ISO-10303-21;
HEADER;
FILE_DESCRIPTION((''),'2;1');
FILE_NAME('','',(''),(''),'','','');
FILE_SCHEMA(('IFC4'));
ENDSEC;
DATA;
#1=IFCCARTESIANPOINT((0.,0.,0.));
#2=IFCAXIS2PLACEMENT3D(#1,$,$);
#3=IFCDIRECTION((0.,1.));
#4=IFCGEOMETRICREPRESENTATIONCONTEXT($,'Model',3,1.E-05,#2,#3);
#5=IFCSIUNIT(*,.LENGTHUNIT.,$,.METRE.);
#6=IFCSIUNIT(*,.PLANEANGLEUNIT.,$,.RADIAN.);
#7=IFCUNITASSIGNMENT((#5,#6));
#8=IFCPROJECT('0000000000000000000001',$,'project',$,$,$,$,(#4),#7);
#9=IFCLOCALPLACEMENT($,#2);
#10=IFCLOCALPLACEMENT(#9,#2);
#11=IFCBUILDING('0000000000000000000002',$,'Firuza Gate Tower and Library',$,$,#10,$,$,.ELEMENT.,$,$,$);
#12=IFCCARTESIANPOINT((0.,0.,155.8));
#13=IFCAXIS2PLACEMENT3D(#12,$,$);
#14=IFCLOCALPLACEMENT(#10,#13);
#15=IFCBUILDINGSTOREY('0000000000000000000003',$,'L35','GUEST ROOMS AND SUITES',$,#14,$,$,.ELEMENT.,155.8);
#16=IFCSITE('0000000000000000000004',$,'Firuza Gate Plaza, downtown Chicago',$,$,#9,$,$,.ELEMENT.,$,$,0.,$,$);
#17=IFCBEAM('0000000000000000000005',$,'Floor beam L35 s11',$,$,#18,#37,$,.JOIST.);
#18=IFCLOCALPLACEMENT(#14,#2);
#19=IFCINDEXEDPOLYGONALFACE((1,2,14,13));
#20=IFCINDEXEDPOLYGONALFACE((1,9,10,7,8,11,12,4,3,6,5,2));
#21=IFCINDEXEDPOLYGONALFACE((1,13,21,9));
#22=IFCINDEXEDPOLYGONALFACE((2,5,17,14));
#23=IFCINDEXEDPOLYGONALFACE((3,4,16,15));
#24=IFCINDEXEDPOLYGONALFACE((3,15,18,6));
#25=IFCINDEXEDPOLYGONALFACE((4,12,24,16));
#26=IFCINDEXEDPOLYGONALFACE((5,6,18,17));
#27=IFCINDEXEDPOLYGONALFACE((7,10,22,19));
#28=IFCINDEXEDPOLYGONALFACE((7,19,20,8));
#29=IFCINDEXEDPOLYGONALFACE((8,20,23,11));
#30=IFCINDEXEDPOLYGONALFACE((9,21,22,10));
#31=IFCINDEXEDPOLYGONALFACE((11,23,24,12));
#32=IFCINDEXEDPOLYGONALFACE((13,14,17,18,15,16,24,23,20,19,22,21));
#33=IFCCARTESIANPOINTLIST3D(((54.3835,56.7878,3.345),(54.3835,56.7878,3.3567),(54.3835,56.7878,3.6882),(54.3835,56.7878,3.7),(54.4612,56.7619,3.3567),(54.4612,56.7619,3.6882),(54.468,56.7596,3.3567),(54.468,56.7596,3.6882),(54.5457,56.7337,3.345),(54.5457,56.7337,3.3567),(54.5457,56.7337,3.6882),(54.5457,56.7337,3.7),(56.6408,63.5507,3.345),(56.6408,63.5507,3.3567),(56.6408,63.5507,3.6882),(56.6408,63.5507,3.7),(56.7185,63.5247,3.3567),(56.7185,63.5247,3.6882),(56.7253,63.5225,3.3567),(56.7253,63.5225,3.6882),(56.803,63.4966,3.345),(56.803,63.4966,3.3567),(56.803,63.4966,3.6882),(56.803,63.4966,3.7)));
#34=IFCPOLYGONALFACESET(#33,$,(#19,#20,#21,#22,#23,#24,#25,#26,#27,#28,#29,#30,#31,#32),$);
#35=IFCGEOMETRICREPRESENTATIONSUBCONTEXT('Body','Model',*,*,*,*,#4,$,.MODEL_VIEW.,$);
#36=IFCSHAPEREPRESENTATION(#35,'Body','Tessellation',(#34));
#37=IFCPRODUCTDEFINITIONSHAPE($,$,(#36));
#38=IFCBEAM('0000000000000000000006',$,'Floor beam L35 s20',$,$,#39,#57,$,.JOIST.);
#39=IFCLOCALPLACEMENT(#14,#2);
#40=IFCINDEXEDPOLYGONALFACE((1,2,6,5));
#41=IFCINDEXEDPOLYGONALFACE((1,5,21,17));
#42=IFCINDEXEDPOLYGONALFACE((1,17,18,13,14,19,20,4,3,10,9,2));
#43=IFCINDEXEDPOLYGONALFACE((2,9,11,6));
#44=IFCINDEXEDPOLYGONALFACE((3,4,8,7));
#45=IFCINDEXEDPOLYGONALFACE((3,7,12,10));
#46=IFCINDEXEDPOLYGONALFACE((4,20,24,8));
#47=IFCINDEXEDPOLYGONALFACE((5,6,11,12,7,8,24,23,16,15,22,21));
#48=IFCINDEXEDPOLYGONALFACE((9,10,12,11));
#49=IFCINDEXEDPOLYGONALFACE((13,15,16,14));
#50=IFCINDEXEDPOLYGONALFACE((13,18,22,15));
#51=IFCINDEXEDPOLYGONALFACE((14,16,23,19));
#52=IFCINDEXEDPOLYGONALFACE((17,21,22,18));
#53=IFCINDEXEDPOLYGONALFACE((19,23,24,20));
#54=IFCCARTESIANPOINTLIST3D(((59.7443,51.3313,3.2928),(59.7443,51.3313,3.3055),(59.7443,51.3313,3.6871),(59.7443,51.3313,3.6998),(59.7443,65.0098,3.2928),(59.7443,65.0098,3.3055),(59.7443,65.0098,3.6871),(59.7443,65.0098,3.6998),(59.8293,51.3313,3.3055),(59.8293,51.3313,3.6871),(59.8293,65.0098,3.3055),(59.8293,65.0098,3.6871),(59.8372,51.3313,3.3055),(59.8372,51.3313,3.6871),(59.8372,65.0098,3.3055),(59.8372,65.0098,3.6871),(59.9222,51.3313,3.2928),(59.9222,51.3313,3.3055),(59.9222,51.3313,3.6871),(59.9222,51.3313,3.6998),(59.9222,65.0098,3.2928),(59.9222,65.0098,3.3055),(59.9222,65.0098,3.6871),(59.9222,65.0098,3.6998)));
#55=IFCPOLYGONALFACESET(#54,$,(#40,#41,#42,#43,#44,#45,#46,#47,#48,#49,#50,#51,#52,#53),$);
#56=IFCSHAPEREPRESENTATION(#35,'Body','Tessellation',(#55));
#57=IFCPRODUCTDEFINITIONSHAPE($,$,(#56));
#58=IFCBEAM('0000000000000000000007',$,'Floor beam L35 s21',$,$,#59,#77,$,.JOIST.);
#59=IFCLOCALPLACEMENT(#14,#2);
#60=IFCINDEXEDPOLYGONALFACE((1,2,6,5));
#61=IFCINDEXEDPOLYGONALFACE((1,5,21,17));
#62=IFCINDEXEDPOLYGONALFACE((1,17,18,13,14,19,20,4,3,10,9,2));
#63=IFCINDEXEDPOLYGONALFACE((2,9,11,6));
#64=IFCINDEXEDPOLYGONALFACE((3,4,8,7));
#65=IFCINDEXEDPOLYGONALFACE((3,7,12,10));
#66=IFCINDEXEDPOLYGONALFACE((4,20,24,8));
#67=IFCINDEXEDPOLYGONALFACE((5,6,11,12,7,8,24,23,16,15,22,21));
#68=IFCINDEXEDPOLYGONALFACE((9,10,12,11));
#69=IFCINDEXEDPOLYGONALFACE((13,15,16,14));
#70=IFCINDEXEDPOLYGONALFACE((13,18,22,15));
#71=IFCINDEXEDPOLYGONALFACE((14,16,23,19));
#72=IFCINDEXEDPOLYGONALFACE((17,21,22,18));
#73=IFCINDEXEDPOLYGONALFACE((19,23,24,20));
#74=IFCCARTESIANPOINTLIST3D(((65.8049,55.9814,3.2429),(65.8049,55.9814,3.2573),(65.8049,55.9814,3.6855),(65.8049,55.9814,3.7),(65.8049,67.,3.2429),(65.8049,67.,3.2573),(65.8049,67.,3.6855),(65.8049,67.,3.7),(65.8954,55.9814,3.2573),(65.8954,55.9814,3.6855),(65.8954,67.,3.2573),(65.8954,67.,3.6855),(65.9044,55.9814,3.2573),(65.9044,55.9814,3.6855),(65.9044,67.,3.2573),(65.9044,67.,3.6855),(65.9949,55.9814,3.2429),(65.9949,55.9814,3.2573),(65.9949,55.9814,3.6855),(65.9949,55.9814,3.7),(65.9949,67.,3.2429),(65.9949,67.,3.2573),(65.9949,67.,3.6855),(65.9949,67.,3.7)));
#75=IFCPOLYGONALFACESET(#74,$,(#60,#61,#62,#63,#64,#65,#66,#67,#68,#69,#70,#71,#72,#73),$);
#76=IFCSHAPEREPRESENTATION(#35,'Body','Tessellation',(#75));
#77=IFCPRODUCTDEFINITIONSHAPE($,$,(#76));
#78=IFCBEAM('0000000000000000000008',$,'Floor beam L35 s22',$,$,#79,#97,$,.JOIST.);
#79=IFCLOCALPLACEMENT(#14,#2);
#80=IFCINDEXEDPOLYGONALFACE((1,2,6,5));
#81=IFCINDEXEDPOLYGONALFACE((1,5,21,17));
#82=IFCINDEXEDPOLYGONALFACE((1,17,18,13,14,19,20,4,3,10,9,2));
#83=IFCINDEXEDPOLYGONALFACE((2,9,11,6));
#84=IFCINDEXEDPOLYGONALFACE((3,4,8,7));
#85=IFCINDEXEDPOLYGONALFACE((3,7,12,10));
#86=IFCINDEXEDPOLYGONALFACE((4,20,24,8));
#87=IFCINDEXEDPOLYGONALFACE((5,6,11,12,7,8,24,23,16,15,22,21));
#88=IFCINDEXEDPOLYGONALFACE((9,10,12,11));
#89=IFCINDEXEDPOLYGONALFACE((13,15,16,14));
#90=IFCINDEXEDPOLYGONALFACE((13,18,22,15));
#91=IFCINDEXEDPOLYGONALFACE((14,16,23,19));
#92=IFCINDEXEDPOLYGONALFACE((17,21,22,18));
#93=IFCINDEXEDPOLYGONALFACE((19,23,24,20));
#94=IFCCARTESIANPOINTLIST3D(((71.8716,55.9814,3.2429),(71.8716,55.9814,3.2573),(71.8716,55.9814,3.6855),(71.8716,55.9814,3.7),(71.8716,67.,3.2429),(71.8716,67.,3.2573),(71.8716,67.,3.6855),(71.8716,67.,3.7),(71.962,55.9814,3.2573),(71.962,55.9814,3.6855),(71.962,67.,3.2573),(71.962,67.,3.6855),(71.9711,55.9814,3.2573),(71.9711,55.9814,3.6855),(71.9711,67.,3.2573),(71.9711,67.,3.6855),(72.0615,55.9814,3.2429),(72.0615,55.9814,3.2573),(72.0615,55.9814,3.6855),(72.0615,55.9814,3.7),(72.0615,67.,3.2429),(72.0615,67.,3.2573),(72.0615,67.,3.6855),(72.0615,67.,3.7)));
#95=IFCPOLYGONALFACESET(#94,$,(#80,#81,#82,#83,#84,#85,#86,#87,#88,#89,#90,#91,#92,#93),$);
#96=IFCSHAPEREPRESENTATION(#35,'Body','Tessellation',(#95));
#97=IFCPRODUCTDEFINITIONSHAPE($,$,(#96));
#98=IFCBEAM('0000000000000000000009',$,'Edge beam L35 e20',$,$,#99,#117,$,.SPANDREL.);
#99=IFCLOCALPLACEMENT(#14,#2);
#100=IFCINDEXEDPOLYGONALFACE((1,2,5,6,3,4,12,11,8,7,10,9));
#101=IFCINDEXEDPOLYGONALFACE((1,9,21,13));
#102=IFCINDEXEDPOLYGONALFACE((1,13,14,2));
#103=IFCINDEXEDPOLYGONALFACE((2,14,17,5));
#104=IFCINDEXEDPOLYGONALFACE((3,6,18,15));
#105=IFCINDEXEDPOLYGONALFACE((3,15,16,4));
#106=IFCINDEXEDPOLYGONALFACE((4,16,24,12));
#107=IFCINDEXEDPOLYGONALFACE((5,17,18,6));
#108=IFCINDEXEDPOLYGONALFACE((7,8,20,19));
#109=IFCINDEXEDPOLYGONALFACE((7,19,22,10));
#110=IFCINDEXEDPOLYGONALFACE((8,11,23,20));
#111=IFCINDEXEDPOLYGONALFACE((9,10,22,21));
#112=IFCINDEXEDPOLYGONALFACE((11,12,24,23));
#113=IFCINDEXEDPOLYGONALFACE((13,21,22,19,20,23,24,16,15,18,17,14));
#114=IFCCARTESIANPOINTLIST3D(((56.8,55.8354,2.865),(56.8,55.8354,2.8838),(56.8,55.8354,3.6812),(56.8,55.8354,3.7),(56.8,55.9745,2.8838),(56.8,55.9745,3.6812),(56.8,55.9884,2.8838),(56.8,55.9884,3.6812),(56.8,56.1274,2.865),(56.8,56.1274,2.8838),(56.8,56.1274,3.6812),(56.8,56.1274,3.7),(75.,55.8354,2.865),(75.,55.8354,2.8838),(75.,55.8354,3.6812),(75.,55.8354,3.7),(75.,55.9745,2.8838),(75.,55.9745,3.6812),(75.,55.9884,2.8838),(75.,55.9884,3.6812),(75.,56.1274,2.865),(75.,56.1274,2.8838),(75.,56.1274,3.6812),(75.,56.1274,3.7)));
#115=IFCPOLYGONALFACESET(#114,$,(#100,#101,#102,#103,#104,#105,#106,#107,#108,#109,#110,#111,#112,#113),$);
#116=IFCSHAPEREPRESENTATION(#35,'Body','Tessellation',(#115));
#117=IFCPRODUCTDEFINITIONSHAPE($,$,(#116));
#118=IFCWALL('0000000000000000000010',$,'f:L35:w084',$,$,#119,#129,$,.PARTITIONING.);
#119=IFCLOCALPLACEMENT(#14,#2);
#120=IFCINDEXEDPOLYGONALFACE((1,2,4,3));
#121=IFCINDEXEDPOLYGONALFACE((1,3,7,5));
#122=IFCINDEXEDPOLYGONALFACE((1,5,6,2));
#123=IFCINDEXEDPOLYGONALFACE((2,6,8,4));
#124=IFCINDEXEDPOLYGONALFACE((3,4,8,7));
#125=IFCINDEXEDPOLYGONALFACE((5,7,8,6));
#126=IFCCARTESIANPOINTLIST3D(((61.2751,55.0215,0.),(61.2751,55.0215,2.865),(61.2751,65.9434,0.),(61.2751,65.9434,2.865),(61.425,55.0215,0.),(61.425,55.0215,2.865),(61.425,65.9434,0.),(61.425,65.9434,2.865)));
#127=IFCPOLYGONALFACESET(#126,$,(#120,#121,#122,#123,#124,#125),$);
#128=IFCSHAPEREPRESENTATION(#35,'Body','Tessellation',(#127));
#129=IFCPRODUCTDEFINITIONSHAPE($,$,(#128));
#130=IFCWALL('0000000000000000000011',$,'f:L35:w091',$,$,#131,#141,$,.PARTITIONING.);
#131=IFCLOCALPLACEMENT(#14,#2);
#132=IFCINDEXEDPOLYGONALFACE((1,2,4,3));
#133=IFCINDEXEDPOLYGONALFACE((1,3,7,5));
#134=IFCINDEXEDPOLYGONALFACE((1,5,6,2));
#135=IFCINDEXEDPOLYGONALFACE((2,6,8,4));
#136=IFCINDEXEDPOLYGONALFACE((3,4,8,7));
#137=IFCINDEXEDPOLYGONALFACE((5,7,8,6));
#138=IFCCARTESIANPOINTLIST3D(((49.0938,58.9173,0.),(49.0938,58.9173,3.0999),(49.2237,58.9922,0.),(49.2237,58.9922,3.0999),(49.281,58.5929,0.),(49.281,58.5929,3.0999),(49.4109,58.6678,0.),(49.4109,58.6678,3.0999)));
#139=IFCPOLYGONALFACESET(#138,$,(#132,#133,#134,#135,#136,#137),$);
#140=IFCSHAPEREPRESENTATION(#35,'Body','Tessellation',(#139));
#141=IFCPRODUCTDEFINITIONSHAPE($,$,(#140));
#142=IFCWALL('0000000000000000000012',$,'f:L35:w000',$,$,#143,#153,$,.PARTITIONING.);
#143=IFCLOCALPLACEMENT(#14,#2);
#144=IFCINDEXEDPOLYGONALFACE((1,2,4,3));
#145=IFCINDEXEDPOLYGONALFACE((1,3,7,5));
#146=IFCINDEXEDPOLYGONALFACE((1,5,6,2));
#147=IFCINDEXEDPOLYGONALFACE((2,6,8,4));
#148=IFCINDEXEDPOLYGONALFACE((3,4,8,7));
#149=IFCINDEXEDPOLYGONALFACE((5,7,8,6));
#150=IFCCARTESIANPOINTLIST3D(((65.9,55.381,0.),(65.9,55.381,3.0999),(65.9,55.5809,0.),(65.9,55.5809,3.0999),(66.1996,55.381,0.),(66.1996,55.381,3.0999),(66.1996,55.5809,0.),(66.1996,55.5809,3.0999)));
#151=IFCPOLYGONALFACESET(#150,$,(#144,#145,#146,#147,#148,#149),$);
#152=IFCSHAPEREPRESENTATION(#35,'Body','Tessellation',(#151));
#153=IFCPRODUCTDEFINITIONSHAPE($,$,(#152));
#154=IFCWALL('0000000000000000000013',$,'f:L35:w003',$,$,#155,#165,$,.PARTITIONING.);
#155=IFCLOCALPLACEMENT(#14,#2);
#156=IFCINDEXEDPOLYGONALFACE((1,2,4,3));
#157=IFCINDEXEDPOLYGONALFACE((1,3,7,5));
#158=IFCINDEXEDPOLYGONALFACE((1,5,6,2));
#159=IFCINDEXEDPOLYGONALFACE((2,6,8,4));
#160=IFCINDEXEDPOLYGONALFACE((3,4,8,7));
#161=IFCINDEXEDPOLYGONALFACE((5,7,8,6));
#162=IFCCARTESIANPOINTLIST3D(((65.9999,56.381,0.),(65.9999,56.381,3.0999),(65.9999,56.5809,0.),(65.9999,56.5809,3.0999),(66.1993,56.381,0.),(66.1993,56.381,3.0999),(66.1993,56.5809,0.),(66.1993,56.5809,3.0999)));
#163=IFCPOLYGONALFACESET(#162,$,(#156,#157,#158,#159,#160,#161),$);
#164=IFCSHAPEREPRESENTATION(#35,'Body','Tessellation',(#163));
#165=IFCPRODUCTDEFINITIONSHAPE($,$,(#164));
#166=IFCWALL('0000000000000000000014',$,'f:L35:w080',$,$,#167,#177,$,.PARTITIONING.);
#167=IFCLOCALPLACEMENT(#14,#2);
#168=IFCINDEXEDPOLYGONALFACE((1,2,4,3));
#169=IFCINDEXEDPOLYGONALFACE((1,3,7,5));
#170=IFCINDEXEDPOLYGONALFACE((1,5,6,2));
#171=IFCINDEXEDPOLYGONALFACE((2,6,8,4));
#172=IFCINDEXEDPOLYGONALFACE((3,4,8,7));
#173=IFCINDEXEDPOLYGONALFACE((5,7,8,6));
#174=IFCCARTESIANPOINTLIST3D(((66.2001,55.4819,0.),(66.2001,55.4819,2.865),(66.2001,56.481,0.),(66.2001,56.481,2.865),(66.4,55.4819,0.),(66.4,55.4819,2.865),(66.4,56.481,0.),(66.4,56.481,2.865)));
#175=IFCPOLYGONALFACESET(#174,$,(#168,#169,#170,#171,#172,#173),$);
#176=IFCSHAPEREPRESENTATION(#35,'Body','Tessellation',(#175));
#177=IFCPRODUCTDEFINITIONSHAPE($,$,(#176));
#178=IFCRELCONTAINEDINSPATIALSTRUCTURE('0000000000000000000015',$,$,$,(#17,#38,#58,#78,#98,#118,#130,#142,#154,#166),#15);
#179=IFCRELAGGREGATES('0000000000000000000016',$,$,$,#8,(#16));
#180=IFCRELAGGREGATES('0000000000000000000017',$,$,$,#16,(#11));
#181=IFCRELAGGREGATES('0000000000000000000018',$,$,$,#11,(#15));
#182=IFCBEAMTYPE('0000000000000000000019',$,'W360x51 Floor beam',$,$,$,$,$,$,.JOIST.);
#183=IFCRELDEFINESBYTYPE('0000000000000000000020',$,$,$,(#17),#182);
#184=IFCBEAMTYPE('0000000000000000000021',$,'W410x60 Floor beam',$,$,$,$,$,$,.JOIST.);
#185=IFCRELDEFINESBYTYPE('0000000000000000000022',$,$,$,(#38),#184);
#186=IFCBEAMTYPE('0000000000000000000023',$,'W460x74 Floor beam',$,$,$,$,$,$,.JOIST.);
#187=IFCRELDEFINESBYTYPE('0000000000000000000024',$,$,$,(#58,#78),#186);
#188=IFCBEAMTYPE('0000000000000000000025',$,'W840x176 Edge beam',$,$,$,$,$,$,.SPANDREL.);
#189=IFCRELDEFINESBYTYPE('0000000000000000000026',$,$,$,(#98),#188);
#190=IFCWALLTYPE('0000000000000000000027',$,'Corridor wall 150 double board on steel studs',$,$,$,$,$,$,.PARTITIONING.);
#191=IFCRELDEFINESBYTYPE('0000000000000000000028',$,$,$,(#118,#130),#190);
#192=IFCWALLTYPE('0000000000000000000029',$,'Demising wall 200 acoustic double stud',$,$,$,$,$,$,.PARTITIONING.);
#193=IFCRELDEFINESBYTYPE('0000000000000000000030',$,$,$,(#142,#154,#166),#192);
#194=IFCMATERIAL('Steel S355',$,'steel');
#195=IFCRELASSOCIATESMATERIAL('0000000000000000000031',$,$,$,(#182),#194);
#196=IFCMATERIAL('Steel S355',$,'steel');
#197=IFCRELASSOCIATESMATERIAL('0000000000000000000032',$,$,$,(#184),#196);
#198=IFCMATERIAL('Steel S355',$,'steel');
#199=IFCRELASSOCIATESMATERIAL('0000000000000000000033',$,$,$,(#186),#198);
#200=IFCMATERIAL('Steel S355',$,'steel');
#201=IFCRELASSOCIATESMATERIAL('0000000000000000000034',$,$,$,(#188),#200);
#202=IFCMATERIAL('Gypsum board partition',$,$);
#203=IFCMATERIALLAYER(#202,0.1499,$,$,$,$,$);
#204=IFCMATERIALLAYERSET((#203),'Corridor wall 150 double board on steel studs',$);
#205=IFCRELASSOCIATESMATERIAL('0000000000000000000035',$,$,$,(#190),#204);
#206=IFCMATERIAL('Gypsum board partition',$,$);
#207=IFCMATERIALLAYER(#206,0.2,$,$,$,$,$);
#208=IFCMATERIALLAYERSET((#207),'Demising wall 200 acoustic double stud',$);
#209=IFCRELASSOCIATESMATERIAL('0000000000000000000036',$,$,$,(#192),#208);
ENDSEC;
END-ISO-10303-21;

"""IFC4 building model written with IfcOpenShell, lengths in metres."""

from ifc_helpers import new_model, si_unit, direction, frame, frame_2d, origin, origin_2d, place, context, subcontext, project, spatial, rectangle, i_section, extrude, material, layer, layer_set, material_profile, profile_set, type_object, element, save


model = new_model("IFC4")

# Units and contexts
model_context = context("Model", 3, precision=1e-05, world=origin(), true_north=direction((0.0, 1.0)))
body_context = subcontext(model_context, "Body", "Model", "MODEL_VIEW")
ifc_project = project(units=[si_unit("LENGTHUNIT", "METRE"), si_unit("PLANEANGLEUNIT", "RADIAN")], contexts=[model_context])

# Site, building, storey
site_placement = place(None, origin())
site = spatial("IfcSite", under=ifc_project, at=site_placement, Name="Firuza Gate Plaza, downtown Chicago", CompositionType="ELEMENT", RefElevation=0.0)
building_placement = place(site_placement, origin())
building = spatial("IfcBuilding", under=site, at=building_placement, Name="Firuza Gate Tower and Library", CompositionType="ELEMENT")
storey_placement = place(building_placement, frame((0.0, 0.0, 155.8)))
storey = spatial("IfcBuildingStorey", under=building, at=storey_placement, Name="L35", Description="GUEST ROOMS AND SUITES", CompositionType="ELEMENT", Elevation=155.8)

# Beams
ifc_material_1 = material(Name="Steel S355", Category="steel")
ifc_material_profile_1 = material_profile(ifc_material_1, i_section(OverallWidth=0.1709, OverallDepth=0.355, WebThickness=0.0071, FlangeThickness=0.0117, at=origin_2d()))
ifc_profile_set_1 = profile_set([ifc_material_profile_1], Name="Steel S355")
beam_type_1 = type_object("IfcBeamType", Name="W360x51 Floor beam", PredefinedType="JOIST", material=ifc_profile_set_1)
beam_1_placement = place(storey_placement, frame((54.4646, 56.7607, 3.5225), z_axis=(0.316608, 0.948557, 0.0), x_axis=(-0.948557, 0.316608, 0.0)))
element("IfcBeam", 1, at=beam_1_placement, inside=storey, type_object=beam_type_1, Name="Floor beam L35 s11", PredefinedType="JOIST", context=body_context, shape_type="SweptSolid", body=[
    extrude(i_section(OverallWidth=0.1709, OverallDepth=0.355, WebThickness=0.0071, FlangeThickness=0.0117, at=origin_2d()), origin(), (0.0, 0.0, 1.0), 7.1296),
])
ifc_material_2 = material(Name="Steel S355", Category="steel")
ifc_material_profile_2 = material_profile(ifc_material_2, i_section(OverallWidth=0.178, OverallDepth=0.407, WebThickness=0.0078, FlangeThickness=0.0127, at=origin_2d()))
ifc_profile_set_2 = profile_set([ifc_material_profile_2], Name="Steel S355")
beam_type_2 = type_object("IfcBeamType", Name="W410x60 Floor beam", PredefinedType="JOIST", material=ifc_profile_set_2)
beam_2_placement = place(storey_placement, frame((59.8333, 51.3313, 3.4963), z_axis=(0.0, 1.0, 0.0), x_axis=(-1.0, 0.0, 0.0)))
element("IfcBeam", 2, at=beam_2_placement, inside=storey, type_object=beam_type_2, Name="Floor beam L35 s20", PredefinedType="JOIST", context=body_context, shape_type="SweptSolid", body=[
    extrude(i_section(OverallWidth=0.178, OverallDepth=0.407, WebThickness=0.0078, FlangeThickness=0.0127, at=origin_2d()), origin(), (0.0, 0.0, 1.0), 13.6785),
])
ifc_material_3 = material(Name="Steel S355", Category="steel")
ifc_material_profile_3 = material_profile(ifc_material_3, i_section(OverallWidth=0.1899, OverallDepth=0.457, WebThickness=0.009, FlangeThickness=0.0144, at=origin_2d()))
ifc_profile_set_3 = profile_set([ifc_material_profile_3], Name="Steel S355")
beam_type_3 = type_object("IfcBeamType", Name="W460x74 Floor beam", PredefinedType="JOIST", material=ifc_profile_set_3)
for number, where, z_axis, x_axis, name in (
    (3, (65.8999, 55.9814, 3.4714), (0.0, 1.0, 0.0), (-1.0, 0.0, 0.0), "Floor beam L35 s21"),
    (4, (71.9666, 55.9814, 3.4714), (0.0, 1.0, 0.0), (-1.0, 0.0, 0.0), "Floor beam L35 s22"),
):
    element("IfcBeam", number, at=place(storey_placement, frame(where, z_axis=z_axis, x_axis=x_axis)), inside=storey, type_object=beam_type_3, Name=name, PredefinedType="JOIST", context=body_context, shape_type="SweptSolid", body=[
        extrude(i_section(OverallWidth=0.1899, OverallDepth=0.457, WebThickness=0.009, FlangeThickness=0.0144, at=origin_2d()), origin(), (0.0, 0.0, 1.0), 11.0186),
    ])
ifc_material_4 = material(Name="Steel S355", Category="steel")
ifc_material_profile_4 = material_profile(ifc_material_4, i_section(OverallWidth=0.292, OverallDepth=0.835, WebThickness=0.0139, FlangeThickness=0.0188, at=origin_2d()))
ifc_profile_set_4 = profile_set([ifc_material_profile_4], Name="Steel S355")
beam_type_4 = type_object("IfcBeamType", Name="W840x176 Edge beam", PredefinedType="SPANDREL", material=ifc_profile_set_4)
beam_3_placement = place(storey_placement, frame((56.8, 55.9814, 3.2825), z_axis=(1.0, 0.0, 0.0), x_axis=(0.0, 1.0, 0.0)))
element("IfcBeam", 5, at=beam_3_placement, inside=storey, type_object=beam_type_4, Name="Edge beam L35 e20", PredefinedType="SPANDREL", context=body_context, shape_type="SweptSolid", body=[
    extrude(i_section(OverallWidth=0.292, OverallDepth=0.835, WebThickness=0.0139, FlangeThickness=0.0188, at=origin_2d()), origin(), (0.0, 0.0, 1.0), 18.2),
])

# Walls
ifc_material_5 = material(Name="Gypsum board partition")
ifc_layer_1 = layer(ifc_material_5, 0.1499)
ifc_layer_set_1 = layer_set([ifc_layer_1], Name="Corridor wall 150 double board on steel studs")
wall_type_1 = type_object("IfcWallType", Name="Corridor wall 150 double board on steel studs", PredefinedType="PARTITIONING", material=ifc_layer_set_1)
wall_1_placement = place(storey_placement, frame((61.3501, 55.0215, 0.0), z_axis=(0.0, 0.0, 1.0), x_axis=(0.0, 1.0, 0.0)))
element("IfcWall", 6, at=wall_1_placement, inside=storey, type_object=wall_type_1, Name="f:L35:w084", PredefinedType="PARTITIONING", context=body_context, shape_type="SweptSolid", body=[
    extrude(rectangle(XDim=10.9219, YDim=0.1499, at=frame_2d((5.4609, 0.0))), origin(), (0.0, 0.0, 1.0), 2.865),
])
wall_2_placement = place(storey_placement, frame((49.3459, 58.6304, 0.0), z_axis=(0.0, 0.0, 1.0), x_axis=(-0.499854, 0.86611, 0.0)))
element("IfcWall", 7, at=wall_2_placement, inside=storey, type_object=wall_type_1, Name="f:L35:w091", PredefinedType="PARTITIONING", context=body_context, shape_type="SweptSolid", body=[
    extrude(rectangle(XDim=0.3745, YDim=0.1499, at=frame_2d((0.1873, 0.0))), origin(), (0.0, 0.0, 1.0), 3.0999),
])
ifc_material_6 = material(Name="Gypsum board partition")
ifc_layer_2 = layer(ifc_material_6, 0.2)
ifc_layer_set_2 = layer_set([ifc_layer_2], Name="Demising wall 200 acoustic double stud")
wall_type_2 = type_object("IfcWallType", Name="Demising wall 200 acoustic double stud", PredefinedType="PARTITIONING", material=ifc_layer_set_2)
wall_3_placement = place(storey_placement, frame((65.8999, 55.481, 0.0), z_axis=(0.0, 0.0, 1.0), x_axis=(1.0, 0.0, 0.0)))
element("IfcWall", 8, at=wall_3_placement, inside=storey, type_object=wall_type_2, Name="f:L35:w000", PredefinedType="PARTITIONING", context=body_context, shape_type="SweptSolid", body=[
    extrude(rectangle(XDim=0.2996, YDim=0.2, at=frame_2d((0.1499, 0.0))), origin(), (0.0, 0.0, 1.0), 3.0999),
])
wall_4_placement = place(storey_placement, frame((66.0, 56.481, 0.0), z_axis=(0.0, 0.0, 1.0), x_axis=(1.0, 0.0, 0.0)))
element("IfcWall", 9, at=wall_4_placement, inside=storey, type_object=wall_type_2, Name="f:L35:w003", PredefinedType="PARTITIONING", context=body_context, shape_type="SweptSolid", body=[
    extrude(rectangle(XDim=0.1995, YDim=0.2, at=frame_2d((0.0996, 0.0))), origin(), (0.0, 0.0, 1.0), 3.0999),
])
wall_5_placement = place(storey_placement, frame((66.3, 55.4819, 0.0), z_axis=(0.0, 0.0, 1.0), x_axis=(0.0, 1.0, 0.0)))
element("IfcWall", 10, at=wall_5_placement, inside=storey, type_object=wall_type_2, Name="f:L35:w080", PredefinedType="PARTITIONING", context=body_context, shape_type="SweptSolid", body=[
    extrude(rectangle(XDim=0.999, YDim=0.2, at=frame_2d((0.4995, 0.0))), origin(), (0.0, 0.0, 1.0), 2.865),
])

save(model, "model.ifc")
